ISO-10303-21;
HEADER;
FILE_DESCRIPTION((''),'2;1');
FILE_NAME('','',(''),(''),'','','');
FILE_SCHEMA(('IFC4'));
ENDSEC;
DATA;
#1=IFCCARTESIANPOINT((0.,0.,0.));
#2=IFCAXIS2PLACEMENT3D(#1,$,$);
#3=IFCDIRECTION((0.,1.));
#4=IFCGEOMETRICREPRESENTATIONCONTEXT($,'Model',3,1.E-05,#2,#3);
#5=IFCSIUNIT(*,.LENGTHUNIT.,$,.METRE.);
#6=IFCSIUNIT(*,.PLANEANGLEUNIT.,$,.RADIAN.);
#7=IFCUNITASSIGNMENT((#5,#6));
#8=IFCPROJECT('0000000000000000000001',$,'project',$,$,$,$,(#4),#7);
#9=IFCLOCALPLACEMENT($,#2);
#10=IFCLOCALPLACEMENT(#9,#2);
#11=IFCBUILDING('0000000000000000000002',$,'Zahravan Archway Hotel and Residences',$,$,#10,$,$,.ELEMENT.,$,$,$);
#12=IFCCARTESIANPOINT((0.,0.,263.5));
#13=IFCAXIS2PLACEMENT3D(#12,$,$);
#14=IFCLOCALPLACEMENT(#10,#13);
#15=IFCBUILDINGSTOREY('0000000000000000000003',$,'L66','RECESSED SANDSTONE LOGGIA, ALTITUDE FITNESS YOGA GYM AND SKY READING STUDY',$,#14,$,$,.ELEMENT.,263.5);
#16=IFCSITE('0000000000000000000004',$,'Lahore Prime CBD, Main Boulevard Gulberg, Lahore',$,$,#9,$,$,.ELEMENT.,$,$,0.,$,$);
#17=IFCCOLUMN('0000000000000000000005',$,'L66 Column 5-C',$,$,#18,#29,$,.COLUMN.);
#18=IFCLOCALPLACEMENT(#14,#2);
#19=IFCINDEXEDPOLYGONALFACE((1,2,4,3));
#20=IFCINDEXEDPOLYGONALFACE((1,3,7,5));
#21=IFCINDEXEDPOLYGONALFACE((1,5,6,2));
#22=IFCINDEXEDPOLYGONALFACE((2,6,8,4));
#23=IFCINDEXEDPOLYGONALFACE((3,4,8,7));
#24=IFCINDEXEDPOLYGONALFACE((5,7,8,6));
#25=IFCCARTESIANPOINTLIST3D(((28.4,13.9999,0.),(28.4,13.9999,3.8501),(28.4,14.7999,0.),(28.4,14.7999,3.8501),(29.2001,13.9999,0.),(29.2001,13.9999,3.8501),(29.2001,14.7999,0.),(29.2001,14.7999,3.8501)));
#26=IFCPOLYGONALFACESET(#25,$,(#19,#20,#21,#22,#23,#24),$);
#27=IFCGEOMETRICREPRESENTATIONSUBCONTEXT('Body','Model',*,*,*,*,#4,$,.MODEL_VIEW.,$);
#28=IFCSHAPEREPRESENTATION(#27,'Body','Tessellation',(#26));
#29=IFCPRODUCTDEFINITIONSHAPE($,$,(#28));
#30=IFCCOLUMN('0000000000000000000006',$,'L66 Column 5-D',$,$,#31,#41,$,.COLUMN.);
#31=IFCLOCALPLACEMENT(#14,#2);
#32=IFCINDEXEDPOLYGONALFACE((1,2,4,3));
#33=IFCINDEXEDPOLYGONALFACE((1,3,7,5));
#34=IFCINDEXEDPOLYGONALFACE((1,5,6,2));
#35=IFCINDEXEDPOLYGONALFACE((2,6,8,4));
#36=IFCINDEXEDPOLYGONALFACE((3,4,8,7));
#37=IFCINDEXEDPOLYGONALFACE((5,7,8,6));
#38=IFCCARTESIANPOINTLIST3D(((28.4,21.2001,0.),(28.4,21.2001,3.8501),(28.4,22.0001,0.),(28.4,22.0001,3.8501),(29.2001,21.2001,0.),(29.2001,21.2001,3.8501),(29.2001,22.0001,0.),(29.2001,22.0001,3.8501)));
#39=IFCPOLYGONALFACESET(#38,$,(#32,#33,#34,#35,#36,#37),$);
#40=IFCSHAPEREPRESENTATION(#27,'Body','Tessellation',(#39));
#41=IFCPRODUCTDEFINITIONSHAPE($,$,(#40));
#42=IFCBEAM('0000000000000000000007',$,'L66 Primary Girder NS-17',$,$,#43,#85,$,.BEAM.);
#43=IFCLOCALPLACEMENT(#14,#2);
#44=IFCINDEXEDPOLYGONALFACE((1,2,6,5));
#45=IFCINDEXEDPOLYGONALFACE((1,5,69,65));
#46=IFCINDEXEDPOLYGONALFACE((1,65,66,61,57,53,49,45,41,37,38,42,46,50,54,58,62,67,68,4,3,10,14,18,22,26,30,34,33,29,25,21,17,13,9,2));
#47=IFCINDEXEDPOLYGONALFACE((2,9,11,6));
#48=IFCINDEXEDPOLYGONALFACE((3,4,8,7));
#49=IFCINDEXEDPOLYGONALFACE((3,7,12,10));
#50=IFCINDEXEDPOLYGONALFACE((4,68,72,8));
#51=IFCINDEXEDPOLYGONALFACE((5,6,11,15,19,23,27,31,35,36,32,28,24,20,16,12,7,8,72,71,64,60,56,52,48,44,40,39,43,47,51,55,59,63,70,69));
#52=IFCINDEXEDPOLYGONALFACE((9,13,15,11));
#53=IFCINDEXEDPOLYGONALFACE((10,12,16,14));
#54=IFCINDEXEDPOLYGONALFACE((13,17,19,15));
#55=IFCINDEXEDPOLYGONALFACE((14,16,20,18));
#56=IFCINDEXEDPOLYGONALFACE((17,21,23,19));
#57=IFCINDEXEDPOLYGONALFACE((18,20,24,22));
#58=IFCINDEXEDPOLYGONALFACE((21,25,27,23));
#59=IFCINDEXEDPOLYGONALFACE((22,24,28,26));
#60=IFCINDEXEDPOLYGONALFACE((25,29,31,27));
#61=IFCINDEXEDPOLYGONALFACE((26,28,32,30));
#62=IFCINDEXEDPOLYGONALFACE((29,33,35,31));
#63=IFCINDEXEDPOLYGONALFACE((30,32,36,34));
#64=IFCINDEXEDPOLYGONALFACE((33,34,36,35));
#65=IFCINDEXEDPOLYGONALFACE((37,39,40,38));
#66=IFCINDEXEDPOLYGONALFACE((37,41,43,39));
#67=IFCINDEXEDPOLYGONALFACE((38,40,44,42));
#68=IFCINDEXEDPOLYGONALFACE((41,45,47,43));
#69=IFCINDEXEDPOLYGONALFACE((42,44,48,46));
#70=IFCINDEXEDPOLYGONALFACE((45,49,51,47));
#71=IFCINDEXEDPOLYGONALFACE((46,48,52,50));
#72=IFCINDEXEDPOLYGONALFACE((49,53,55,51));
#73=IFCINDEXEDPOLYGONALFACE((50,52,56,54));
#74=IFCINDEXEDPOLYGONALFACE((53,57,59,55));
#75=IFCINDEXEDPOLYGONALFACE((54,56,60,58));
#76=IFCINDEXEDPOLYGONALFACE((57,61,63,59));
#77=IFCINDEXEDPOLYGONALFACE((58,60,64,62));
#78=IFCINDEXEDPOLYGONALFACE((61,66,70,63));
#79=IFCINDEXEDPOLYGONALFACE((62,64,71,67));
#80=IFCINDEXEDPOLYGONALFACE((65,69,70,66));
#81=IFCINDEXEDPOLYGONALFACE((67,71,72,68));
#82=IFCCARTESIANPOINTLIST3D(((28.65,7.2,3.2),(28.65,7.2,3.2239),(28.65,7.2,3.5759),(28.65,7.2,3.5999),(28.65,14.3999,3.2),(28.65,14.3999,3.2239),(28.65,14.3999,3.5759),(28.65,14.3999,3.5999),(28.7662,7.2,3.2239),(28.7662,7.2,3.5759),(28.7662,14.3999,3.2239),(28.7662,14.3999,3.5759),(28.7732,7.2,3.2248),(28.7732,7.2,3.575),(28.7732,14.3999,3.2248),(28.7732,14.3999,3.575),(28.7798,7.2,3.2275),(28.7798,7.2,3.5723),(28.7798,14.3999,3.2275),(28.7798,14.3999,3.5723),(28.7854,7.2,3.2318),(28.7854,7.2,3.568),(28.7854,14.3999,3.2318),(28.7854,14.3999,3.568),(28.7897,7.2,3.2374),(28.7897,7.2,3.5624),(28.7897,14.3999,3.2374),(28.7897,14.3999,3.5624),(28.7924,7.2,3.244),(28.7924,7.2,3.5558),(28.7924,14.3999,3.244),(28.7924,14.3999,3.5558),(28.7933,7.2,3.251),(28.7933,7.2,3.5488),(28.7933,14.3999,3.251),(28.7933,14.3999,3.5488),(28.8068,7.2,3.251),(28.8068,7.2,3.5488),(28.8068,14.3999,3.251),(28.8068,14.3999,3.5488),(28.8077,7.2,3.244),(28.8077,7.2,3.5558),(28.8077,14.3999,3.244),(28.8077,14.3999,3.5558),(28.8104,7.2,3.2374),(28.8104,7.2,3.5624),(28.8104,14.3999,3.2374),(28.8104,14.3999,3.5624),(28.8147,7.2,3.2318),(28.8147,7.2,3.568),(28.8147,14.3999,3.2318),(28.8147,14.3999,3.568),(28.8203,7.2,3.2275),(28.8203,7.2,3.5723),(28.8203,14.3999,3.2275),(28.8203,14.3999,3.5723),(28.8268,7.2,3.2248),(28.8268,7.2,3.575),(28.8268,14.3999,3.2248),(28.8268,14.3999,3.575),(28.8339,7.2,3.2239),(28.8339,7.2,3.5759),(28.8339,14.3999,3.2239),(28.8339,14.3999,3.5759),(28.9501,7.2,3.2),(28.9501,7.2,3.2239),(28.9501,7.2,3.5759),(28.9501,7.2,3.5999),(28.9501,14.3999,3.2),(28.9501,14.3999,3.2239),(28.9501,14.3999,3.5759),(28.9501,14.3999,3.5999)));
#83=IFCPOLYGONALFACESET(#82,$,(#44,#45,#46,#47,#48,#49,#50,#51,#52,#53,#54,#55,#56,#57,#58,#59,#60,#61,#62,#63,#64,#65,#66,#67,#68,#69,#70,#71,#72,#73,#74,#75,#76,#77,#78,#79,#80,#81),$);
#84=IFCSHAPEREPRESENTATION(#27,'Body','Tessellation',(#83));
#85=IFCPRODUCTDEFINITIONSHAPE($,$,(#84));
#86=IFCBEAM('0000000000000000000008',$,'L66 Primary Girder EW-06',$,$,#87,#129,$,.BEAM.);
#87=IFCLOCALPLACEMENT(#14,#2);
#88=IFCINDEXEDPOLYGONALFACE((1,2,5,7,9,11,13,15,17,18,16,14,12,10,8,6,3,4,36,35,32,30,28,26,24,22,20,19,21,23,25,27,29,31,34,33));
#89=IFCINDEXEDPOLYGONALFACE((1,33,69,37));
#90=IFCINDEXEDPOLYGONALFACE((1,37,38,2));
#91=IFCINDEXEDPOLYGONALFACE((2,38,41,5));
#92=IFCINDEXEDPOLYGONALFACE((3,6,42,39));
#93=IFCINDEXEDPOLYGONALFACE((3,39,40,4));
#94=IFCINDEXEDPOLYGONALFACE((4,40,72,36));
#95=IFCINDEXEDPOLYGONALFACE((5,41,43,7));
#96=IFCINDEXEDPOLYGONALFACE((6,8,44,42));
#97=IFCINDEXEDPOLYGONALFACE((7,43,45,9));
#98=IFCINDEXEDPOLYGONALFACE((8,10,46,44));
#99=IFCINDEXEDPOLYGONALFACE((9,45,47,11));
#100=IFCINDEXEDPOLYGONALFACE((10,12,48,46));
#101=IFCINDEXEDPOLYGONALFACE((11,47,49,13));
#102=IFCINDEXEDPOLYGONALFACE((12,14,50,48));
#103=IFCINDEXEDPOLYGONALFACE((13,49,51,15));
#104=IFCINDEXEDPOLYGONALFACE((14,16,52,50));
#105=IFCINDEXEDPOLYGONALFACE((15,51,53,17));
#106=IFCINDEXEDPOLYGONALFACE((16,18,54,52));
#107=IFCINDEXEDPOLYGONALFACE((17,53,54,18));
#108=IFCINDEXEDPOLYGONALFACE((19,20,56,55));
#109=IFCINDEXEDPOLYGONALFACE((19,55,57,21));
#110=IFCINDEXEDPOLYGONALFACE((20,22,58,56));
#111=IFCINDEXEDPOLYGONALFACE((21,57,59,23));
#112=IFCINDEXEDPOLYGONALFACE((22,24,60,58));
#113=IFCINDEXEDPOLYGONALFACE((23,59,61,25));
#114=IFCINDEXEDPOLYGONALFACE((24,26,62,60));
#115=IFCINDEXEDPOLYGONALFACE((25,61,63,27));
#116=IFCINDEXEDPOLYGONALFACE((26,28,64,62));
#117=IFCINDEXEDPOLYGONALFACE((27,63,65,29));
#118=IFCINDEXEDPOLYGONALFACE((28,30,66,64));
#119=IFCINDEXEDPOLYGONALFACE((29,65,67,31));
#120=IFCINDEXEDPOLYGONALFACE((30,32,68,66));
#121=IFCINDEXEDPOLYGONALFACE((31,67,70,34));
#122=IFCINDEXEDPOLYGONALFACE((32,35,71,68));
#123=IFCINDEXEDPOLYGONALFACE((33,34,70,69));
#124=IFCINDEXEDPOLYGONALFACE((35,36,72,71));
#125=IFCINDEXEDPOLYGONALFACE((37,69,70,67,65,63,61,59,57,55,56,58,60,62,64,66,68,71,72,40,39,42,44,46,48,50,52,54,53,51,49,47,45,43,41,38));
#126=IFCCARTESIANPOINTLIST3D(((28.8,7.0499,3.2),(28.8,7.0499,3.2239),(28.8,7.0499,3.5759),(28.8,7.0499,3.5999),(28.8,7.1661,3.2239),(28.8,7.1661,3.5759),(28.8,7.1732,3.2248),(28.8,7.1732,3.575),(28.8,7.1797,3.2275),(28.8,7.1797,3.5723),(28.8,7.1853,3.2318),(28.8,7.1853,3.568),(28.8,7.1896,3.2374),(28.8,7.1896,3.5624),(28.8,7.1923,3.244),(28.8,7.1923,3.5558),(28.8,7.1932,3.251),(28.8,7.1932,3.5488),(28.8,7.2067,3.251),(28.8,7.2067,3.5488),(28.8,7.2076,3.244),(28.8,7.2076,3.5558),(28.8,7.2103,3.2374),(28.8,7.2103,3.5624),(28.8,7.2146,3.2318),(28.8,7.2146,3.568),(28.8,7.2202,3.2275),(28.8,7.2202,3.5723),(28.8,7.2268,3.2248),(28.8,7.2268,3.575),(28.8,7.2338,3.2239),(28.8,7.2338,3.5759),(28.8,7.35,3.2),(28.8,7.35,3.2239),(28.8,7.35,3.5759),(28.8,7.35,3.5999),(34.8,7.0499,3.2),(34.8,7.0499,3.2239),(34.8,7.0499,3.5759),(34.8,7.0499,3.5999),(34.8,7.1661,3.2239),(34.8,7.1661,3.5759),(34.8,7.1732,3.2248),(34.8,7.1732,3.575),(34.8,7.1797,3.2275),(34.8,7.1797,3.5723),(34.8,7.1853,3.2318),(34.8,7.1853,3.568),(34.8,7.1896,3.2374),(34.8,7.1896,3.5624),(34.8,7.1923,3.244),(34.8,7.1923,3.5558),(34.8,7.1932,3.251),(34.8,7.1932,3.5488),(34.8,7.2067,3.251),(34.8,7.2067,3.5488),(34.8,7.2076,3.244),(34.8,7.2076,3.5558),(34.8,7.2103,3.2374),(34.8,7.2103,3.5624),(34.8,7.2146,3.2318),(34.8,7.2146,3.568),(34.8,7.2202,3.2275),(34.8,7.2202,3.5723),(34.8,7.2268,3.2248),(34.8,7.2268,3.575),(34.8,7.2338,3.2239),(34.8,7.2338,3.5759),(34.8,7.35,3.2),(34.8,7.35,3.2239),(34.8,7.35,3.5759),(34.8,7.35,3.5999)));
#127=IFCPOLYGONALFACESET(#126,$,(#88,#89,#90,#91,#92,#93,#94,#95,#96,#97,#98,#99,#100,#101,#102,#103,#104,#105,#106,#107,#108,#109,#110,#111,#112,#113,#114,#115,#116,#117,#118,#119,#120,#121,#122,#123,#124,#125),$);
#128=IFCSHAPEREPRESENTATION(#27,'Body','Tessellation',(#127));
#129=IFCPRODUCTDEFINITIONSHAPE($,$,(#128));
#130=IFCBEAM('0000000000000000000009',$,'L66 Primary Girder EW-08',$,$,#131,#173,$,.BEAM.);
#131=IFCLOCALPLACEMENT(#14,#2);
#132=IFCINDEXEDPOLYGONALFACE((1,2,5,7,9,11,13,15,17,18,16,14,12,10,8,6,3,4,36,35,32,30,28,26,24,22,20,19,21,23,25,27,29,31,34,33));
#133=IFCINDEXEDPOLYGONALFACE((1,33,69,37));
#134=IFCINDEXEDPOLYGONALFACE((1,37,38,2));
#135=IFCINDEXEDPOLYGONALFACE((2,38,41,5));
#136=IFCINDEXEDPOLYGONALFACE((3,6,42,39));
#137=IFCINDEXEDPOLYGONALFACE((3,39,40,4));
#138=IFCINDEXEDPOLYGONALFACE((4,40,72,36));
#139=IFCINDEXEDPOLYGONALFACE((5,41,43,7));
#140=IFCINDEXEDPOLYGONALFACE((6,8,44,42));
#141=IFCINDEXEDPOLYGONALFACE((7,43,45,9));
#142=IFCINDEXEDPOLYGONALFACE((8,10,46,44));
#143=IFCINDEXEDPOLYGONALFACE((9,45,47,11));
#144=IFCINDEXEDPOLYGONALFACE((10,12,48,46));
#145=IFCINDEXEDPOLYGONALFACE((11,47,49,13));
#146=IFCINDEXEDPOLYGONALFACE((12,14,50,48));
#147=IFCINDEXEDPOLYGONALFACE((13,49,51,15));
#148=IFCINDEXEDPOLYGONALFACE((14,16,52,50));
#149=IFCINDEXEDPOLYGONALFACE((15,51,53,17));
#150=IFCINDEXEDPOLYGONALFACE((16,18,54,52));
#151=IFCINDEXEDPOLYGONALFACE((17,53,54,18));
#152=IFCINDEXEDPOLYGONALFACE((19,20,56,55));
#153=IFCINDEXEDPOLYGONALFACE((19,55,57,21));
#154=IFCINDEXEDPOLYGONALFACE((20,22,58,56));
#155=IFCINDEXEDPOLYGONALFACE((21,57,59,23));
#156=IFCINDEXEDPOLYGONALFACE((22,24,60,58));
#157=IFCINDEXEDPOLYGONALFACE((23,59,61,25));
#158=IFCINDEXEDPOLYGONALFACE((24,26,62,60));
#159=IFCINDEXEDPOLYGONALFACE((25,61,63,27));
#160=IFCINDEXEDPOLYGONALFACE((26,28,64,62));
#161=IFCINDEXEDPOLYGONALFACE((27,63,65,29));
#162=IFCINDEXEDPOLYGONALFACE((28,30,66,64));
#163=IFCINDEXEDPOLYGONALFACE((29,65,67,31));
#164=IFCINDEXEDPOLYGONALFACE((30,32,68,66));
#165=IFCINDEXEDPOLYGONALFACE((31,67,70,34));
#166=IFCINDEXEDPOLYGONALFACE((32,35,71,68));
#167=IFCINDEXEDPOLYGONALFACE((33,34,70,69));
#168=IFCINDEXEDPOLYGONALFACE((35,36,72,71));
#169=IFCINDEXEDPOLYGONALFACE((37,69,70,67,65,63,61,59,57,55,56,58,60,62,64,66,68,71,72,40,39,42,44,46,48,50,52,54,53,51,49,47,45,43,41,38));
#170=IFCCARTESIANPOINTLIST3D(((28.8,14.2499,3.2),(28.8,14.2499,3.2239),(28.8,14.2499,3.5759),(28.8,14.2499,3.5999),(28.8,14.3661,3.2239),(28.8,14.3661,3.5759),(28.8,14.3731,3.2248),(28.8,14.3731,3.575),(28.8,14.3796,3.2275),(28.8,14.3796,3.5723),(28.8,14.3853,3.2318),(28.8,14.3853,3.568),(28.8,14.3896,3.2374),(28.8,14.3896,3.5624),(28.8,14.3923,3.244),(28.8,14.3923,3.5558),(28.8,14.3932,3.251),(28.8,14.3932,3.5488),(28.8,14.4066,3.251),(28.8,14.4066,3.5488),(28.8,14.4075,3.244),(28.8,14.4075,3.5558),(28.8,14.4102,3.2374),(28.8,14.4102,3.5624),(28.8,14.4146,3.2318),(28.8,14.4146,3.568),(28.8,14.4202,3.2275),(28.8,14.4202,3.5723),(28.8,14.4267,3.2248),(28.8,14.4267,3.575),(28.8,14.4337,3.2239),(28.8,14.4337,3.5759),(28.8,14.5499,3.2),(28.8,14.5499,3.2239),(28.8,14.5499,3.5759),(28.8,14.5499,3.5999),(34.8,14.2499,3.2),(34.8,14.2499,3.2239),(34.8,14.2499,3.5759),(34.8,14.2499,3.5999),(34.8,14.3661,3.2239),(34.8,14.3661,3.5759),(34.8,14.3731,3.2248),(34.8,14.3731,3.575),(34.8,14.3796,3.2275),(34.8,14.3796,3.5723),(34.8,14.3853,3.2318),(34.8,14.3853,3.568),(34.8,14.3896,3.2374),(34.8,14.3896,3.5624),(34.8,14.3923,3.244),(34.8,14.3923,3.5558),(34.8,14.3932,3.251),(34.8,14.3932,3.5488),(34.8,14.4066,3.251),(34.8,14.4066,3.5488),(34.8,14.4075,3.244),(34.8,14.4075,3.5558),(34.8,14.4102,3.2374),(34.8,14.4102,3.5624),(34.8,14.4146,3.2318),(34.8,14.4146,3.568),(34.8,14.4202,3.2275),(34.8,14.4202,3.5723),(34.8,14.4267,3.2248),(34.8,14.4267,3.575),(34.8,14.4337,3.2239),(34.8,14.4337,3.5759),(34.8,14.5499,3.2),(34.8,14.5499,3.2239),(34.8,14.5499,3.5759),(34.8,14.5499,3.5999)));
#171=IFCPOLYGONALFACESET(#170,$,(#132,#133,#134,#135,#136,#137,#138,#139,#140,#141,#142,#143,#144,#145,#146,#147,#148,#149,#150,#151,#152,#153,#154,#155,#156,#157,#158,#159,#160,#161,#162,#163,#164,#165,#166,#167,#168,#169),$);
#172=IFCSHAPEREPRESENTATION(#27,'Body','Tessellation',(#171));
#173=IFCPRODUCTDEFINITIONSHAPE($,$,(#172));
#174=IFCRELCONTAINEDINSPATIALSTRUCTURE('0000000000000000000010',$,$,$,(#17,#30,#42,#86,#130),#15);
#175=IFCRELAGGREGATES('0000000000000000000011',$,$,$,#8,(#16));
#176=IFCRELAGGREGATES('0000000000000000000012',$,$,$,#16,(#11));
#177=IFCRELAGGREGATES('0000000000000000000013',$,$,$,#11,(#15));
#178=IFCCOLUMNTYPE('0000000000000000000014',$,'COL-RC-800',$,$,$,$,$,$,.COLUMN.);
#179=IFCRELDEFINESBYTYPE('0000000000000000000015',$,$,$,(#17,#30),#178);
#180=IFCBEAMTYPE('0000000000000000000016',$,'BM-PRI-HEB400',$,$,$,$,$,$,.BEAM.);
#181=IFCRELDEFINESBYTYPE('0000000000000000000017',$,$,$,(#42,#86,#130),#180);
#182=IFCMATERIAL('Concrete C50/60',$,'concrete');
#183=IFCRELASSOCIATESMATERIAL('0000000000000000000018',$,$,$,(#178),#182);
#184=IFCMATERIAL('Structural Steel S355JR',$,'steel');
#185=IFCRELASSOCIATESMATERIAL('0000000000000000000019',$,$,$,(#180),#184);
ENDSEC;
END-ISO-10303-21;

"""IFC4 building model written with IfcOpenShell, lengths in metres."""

from ifc_helpers import new_model, si_unit, direction, frame, origin, origin_2d, place, context, subcontext, project, spatial, rectangle, i_section, extrude, source, transform, mapped, material, material_profile, profile_set, type_object, type_shapes, element, save


model = new_model("IFC4")

# Units and contexts
model_context = context("Model", 3, precision=1e-05, world=origin(), true_north=direction((0.0, 1.0)))
body_context = subcontext(model_context, "Body", "Model", "MODEL_VIEW")
ifc_project = project(units=[si_unit("LENGTHUNIT", "METRE"), si_unit("PLANEANGLEUNIT", "RADIAN")], contexts=[model_context])

# Site, building, storey
site_placement = place(None, origin())
site = spatial("IfcSite", under=ifc_project, at=site_placement, Name="Lahore Prime CBD, Main Boulevard Gulberg, Lahore", CompositionType="ELEMENT", RefElevation=0.0)
building_placement = place(site_placement, origin())
building = spatial("IfcBuilding", under=site, at=building_placement, Name="Zahravan Archway Hotel and Residences", CompositionType="ELEMENT")
storey_placement = place(building_placement, frame((0.0, 0.0, 263.5)))
storey = spatial("IfcBuildingStorey", under=building, at=storey_placement, Name="L66", Description="RECESSED SANDSTONE LOGGIA, ALTITUDE FITNESS YOGA GYM AND SKY READING STUDY", CompositionType="ELEMENT", Elevation=263.5)

# Columns
ifc_material_1 = material(Name="Concrete C50/60", Category="concrete")
ifc_material_profile_1 = material_profile(ifc_material_1, rectangle(XDim=0.8, YDim=0.8, at=origin_2d()), Name="RC-COL-800x800", Category="concrete")
ifc_profile_set_1 = profile_set([ifc_material_profile_1], Name="Concrete C50/60")
column_type = type_object("IfcColumnType", Name="COL-RC-800", PredefinedType="COLUMN", material=ifc_profile_set_1)
shared_shape_1 = source(origin(), body_context, "Body", "SweptSolid", [
    extrude(rectangle(XDim=0.8, YDim=0.8, at=origin_2d()), origin(), (0.0, 0.0, 1.0), 3.8501),
])
for number, where, z_axis, x_axis, name in (
    (1, (28.8, 14.3999, 0.0), (0.0, 0.0, 1.0), (1.0, 0.0, 0.0), "L66 Column 5-C"),
    (2, (28.8, 21.6001, 0.0), (0.0, 0.0, 1.0), (1.0, 0.0, 0.0), "L66 Column 5-D"),
):
    element("IfcColumn", number, at=place(storey_placement, frame(where, z_axis=z_axis, x_axis=x_axis)), inside=storey, type_object=column_type, Name=name, PredefinedType="COLUMN", context=body_context, shape_type="MappedRepresentation", body=[
        mapped(shared_shape_1, transform((0.0, 0.0, 0.0), scale=1.0)),
    ])

# Beams
ifc_material_2 = material(Name="Structural Steel S355JR", Category="steel")
ifc_material_profile_2 = material_profile(ifc_material_2, i_section(OverallWidth=0.3, OverallDepth=0.3999, WebThickness=0.0134, FlangeThickness=0.0239, FilletRadius=0.0271, at=origin_2d()), Name="HEB 400", Category="steel")
ifc_profile_set_2 = profile_set([ifc_material_profile_2], Name="Structural Steel S355JR")
beam_type_1 = type_object("IfcBeamType", Name="BM-PRI-HEB400", PredefinedType="BEAM", material=ifc_profile_set_2)
shared_shape_2 = source(origin(), body_context, "Body", "SweptSolid", [
    extrude(i_section(OverallWidth=0.3, OverallDepth=0.3999, WebThickness=0.0134, FlangeThickness=0.0239, FilletRadius=0.0271, at=origin_2d()), origin(), (0.0, 0.0, 1.0), 7.2),
])
type_shapes(beam_type_1, [shared_shape_2])
beam_1_placement = place(storey_placement, frame((28.8, 7.2, 3.3999), z_axis=(0.0, 1.0, 0.0), x_axis=(-1.0, 0.0, 0.0)))
element("IfcBeam", 3, at=beam_1_placement, inside=storey, type_object=beam_type_1, Name="L66 Primary Girder NS-17", PredefinedType="BEAM", context=body_context, shape_type="MappedRepresentation", body=[
    mapped(shared_shape_2, transform((0.0, 0.0, 0.0), scale=1.0)),
])
shared_shape_3 = source(origin(), body_context, "Body", "SweptSolid", [
    extrude(i_section(OverallWidth=0.3, OverallDepth=0.3999, WebThickness=0.0134, FlangeThickness=0.0239, FilletRadius=0.0271, at=origin_2d()), origin(), (0.0, 0.0, 1.0), 6.0),
])
for number, where, z_axis, x_axis, name in (
    (4, (28.8, 7.2, 3.3999), (1.0, 0.0, 0.0), (0.0, 1.0, 0.0), "L66 Primary Girder EW-06"),
    (5, (28.8, 14.3999, 3.3999), (1.0, 0.0, 0.0), (0.0, 1.0, 0.0), "L66 Primary Girder EW-08"),
):
    element("IfcBeam", number, at=place(storey_placement, frame(where, z_axis=z_axis, x_axis=x_axis)), inside=storey, type_object=beam_type_1, Name=name, PredefinedType="BEAM", context=body_context, shape_type="MappedRepresentation", body=[
        mapped(shared_shape_3, transform((0.0, 0.0, 0.0), scale=1.0)),
    ])

save(model, "model.ifc")
